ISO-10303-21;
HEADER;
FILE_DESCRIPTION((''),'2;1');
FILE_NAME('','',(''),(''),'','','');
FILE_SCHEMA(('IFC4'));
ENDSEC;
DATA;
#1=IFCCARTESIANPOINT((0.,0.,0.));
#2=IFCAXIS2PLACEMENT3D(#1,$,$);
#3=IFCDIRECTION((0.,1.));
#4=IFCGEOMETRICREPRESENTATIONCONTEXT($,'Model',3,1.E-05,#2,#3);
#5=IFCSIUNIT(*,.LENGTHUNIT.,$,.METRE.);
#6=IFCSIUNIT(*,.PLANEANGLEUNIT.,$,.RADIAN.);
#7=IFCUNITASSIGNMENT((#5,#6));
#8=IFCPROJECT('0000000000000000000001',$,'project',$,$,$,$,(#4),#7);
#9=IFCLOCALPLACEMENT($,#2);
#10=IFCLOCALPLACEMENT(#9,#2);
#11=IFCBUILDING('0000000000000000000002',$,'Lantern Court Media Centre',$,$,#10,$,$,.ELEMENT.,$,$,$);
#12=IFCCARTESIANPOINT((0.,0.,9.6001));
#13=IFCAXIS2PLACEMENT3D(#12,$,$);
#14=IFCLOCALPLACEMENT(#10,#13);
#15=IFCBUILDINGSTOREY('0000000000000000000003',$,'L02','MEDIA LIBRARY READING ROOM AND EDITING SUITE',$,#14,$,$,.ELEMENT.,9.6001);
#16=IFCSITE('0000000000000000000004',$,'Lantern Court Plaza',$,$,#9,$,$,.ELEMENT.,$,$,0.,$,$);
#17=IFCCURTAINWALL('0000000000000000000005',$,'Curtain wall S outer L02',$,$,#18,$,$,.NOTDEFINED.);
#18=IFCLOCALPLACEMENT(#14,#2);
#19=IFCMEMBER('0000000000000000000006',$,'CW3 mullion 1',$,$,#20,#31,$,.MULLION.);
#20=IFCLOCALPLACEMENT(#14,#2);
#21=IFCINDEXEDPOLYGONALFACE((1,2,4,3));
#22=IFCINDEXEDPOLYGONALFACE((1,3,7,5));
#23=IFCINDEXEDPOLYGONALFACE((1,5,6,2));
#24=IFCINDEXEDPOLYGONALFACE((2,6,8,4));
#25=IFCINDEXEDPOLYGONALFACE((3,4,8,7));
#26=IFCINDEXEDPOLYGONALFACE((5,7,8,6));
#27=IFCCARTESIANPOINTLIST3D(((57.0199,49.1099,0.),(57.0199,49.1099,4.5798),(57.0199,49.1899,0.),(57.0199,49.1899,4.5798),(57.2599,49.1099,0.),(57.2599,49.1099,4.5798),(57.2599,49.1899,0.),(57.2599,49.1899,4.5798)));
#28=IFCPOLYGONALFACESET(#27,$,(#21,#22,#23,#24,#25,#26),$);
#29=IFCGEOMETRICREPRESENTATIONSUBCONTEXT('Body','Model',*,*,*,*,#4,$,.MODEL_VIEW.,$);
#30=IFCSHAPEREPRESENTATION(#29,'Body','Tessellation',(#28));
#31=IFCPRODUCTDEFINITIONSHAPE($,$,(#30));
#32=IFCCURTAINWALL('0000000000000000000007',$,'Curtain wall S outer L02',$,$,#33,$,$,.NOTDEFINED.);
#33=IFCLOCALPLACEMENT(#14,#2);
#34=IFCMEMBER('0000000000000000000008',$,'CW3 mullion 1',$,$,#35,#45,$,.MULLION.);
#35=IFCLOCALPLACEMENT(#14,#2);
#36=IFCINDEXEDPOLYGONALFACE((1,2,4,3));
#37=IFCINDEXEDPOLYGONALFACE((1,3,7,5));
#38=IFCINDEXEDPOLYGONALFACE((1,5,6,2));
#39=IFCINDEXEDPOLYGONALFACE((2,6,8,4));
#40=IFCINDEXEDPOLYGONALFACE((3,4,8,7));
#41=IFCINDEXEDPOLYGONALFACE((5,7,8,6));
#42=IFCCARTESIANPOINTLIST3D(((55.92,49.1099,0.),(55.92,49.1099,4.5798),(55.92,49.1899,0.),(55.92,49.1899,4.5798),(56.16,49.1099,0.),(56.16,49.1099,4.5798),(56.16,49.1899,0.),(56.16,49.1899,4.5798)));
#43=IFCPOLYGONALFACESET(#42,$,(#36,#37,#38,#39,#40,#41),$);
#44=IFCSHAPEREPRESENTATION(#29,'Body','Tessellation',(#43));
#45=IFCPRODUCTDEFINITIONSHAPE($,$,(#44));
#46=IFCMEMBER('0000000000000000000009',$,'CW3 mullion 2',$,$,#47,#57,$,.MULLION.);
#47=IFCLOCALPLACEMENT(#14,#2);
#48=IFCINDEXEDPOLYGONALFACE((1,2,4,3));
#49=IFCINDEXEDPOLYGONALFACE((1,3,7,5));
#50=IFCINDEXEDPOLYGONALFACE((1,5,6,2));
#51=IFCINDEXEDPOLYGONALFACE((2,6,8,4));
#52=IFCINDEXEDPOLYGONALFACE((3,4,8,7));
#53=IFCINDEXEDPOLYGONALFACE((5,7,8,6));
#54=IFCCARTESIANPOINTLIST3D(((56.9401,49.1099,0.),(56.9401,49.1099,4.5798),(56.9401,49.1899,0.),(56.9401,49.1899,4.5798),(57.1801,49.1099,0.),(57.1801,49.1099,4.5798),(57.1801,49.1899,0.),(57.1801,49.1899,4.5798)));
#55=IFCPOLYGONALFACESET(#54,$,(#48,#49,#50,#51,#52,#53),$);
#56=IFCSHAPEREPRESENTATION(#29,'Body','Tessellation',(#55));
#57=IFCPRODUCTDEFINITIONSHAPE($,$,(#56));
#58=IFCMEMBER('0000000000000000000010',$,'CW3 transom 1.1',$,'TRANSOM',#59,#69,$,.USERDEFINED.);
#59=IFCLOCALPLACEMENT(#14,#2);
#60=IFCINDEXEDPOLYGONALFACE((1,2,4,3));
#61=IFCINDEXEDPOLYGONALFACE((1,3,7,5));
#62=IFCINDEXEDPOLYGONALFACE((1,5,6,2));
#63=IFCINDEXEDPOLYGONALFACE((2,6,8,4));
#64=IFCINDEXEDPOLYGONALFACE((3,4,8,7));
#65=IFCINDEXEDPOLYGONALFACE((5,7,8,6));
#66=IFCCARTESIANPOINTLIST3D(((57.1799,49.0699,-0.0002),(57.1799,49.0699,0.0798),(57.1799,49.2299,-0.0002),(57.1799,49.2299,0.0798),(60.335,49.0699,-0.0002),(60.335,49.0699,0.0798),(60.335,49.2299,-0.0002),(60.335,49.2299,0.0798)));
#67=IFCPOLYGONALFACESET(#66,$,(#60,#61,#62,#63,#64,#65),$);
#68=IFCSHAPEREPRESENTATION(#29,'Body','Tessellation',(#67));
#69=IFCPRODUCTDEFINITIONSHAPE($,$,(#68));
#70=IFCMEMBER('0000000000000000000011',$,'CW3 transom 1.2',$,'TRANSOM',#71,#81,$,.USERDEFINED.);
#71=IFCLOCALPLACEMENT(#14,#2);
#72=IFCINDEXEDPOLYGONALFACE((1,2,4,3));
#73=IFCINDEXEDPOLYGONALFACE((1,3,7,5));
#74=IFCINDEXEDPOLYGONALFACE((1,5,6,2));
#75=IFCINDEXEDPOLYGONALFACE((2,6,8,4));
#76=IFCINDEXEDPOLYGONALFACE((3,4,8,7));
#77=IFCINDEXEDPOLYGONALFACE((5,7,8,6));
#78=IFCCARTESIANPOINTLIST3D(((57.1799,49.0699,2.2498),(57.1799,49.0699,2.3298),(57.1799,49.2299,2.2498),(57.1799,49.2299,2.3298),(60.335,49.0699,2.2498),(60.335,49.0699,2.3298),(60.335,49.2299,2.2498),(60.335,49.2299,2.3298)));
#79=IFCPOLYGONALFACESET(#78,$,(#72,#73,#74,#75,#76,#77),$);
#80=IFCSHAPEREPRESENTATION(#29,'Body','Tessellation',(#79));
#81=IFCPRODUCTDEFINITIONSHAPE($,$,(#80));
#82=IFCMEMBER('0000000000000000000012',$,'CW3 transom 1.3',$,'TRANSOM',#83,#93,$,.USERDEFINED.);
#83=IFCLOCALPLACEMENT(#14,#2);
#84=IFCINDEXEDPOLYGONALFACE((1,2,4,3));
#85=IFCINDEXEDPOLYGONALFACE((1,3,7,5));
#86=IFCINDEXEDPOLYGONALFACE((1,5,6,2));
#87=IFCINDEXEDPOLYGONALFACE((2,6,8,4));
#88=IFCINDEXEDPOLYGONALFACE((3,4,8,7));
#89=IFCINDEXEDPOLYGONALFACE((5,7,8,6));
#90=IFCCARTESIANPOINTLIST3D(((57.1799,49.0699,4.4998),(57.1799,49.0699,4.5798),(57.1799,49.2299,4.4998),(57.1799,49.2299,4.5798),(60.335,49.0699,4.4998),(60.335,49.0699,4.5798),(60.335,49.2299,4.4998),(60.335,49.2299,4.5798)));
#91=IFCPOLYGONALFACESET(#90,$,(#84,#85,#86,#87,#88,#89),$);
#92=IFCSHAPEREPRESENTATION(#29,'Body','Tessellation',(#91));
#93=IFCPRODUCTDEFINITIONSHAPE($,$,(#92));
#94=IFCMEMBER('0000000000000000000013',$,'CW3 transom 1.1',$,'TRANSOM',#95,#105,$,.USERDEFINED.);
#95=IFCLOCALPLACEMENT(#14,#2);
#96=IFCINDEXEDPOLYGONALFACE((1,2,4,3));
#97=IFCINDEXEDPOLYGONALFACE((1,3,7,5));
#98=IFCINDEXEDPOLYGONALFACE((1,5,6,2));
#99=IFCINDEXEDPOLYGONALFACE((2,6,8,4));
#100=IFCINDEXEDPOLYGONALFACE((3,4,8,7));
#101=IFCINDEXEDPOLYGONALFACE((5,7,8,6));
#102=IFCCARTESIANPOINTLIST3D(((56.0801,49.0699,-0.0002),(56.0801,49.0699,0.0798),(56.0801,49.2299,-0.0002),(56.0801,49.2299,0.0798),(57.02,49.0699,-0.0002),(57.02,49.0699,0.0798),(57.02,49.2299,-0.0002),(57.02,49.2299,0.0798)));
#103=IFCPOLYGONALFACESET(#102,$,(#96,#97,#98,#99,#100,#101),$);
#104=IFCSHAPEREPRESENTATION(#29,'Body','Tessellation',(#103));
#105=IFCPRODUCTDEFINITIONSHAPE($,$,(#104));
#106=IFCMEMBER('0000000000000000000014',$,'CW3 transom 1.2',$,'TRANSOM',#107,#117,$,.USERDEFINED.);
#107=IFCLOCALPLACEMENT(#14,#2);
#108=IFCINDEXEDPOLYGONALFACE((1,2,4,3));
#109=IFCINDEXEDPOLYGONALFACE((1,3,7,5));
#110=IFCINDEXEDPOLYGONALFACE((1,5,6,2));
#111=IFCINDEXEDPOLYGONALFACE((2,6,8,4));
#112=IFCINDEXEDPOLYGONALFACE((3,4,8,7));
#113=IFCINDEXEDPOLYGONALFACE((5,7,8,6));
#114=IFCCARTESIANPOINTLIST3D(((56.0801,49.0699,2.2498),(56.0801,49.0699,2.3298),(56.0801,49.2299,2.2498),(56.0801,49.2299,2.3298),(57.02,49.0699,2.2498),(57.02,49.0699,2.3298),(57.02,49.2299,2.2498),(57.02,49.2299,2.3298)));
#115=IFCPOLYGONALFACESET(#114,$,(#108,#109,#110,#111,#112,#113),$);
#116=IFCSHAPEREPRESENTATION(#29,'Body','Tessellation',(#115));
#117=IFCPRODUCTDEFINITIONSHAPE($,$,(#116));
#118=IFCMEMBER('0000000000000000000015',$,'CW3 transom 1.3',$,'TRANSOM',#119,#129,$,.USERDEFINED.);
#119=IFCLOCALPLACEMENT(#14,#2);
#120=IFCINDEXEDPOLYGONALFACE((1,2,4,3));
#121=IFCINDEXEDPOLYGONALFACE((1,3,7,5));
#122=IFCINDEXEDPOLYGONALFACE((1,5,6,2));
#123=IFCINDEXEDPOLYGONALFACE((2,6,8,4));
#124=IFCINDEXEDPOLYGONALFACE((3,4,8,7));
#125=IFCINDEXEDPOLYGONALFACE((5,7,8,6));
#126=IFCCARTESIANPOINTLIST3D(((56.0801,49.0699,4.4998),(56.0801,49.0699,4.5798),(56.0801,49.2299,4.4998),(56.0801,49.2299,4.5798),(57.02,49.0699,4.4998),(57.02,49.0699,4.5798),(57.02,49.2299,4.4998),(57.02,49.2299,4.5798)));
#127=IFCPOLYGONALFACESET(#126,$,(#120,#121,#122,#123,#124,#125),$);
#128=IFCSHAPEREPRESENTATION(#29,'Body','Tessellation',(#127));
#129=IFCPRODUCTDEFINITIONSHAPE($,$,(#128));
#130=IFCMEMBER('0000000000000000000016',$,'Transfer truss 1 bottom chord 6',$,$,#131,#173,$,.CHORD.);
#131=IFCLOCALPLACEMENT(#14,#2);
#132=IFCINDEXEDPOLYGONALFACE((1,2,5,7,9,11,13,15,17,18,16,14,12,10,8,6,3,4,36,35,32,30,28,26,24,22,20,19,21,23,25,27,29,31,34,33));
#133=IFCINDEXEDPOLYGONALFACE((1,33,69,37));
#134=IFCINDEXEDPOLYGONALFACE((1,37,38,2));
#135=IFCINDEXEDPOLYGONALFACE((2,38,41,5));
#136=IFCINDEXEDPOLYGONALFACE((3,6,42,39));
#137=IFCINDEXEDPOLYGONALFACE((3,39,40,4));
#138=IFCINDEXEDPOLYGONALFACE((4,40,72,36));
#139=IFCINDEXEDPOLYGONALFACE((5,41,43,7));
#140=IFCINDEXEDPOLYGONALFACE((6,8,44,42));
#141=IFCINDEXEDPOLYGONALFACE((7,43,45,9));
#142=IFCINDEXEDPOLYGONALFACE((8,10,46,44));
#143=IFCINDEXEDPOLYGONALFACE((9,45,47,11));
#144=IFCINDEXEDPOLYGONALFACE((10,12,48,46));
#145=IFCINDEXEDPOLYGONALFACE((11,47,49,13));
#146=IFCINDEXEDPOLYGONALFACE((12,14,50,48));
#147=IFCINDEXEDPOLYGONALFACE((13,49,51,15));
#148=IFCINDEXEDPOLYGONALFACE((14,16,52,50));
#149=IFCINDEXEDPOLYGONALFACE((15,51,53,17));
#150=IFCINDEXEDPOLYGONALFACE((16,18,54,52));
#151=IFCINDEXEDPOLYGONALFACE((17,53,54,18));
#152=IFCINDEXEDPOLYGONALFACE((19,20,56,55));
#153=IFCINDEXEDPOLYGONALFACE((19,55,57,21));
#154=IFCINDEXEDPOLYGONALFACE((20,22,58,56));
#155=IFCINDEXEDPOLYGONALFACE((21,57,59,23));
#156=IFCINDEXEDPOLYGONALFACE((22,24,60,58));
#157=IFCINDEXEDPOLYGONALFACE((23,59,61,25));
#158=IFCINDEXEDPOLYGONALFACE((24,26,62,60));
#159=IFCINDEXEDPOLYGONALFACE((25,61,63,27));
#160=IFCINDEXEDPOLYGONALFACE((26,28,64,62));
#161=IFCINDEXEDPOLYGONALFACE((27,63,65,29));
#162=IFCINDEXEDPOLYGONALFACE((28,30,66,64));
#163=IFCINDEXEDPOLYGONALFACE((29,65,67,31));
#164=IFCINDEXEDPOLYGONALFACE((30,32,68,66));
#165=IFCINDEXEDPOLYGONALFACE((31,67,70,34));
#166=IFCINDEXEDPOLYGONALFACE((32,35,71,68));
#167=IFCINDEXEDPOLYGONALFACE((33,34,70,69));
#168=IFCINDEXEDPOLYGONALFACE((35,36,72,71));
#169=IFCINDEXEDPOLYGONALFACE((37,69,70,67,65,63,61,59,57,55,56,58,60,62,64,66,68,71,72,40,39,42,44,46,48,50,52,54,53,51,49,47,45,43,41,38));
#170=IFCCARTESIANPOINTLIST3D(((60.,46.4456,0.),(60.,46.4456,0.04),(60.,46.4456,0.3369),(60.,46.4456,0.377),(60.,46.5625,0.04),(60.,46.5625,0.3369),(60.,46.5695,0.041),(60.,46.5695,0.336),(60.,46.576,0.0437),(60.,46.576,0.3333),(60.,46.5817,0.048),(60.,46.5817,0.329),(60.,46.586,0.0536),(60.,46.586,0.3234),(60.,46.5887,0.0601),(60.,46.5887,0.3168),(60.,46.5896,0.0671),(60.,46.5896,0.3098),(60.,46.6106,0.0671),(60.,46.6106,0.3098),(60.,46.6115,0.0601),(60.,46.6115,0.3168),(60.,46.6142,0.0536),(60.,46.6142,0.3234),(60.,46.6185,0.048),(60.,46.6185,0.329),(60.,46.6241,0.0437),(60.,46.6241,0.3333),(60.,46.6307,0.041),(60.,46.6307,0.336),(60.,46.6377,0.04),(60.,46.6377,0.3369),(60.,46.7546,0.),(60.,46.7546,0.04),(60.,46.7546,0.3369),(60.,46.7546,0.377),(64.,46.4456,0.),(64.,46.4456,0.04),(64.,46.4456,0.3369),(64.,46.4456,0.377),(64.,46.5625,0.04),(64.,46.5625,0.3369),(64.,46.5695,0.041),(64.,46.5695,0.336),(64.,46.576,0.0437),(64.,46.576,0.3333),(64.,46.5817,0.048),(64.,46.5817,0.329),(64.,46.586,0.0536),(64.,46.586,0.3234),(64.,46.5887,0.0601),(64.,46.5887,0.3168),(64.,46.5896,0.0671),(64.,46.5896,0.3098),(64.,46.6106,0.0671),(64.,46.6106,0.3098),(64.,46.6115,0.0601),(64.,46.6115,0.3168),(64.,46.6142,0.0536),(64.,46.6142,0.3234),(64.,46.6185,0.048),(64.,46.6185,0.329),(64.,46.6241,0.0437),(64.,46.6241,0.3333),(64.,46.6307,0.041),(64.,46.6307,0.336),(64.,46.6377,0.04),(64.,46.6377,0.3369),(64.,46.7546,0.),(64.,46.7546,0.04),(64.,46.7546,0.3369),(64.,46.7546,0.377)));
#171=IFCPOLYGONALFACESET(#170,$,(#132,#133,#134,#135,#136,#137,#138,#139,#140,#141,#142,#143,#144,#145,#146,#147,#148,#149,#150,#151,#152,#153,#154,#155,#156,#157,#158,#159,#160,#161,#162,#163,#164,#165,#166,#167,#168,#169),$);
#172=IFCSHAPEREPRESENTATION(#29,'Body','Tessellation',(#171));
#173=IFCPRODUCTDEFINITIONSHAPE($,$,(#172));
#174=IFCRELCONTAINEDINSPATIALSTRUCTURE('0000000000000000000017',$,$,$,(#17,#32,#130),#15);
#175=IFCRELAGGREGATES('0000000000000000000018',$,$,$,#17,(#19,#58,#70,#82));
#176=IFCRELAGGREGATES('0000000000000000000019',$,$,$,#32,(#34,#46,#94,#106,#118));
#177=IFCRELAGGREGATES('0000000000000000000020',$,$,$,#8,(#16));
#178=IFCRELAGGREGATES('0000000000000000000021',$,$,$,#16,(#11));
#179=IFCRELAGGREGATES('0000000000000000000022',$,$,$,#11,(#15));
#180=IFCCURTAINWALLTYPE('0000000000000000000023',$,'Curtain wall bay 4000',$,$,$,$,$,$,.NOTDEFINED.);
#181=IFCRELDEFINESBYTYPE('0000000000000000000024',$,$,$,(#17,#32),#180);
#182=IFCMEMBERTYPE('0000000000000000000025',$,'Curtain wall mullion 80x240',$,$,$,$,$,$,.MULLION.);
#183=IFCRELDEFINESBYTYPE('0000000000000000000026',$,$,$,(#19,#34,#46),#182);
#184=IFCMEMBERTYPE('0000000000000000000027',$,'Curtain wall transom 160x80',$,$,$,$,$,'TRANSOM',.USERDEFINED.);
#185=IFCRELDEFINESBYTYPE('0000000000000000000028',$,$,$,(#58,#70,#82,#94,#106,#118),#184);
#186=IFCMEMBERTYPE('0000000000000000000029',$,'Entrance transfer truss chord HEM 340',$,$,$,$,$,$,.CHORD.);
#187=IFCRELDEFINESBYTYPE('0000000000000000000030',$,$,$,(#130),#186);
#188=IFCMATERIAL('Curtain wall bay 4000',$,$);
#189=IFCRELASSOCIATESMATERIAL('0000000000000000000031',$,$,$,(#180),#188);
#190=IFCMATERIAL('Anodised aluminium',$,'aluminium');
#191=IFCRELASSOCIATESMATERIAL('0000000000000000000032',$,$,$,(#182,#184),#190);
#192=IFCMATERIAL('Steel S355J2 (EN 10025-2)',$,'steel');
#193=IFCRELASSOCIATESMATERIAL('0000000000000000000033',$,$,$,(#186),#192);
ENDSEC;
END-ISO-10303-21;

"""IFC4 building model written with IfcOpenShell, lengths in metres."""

from ifc_helpers import new_model, si_unit, direction, frame, origin, origin_2d, place, context, subcontext, project, spatial, rectangle, i_section, extrude, material, material_profile, profile_set, type_object, element, aggregate, save


model = new_model("IFC4")

# Units and contexts
model_context = context("Model", 3, precision=1e-05, world=origin(), true_north=direction((0.0, 1.0)))
body_context = subcontext(model_context, "Body", "Model", "MODEL_VIEW")
ifc_project = project(units=[si_unit("LENGTHUNIT", "METRE"), si_unit("PLANEANGLEUNIT", "RADIAN")], contexts=[model_context])

# Site, building, storey
site_placement = place(None, origin())
site = spatial("IfcSite", under=ifc_project, at=site_placement, Name="Lantern Court Plaza", CompositionType="ELEMENT", RefElevation=0.0)
building_placement = place(site_placement, origin())
building = spatial("IfcBuilding", under=site, at=building_placement, Name="Lantern Court Media Centre", CompositionType="ELEMENT")
storey_placement = place(building_placement, frame((0.0, 0.0, 9.6001)))
storey = spatial("IfcBuildingStorey", under=building, at=storey_placement, Name="L02", Description="MEDIA LIBRARY READING ROOM AND EDITING SUITE", CompositionType="ELEMENT", Elevation=9.6001)

# Curtain wall, member
ifc_material_1 = material(Name="Curtain wall bay 4000")
curtain_wall_type = type_object("IfcCurtainWallType", Name="Curtain wall bay 4000", PredefinedType="NOTDEFINED", material=ifc_material_1)
curtain_wall_1_placement = place(storey_placement, origin())
curtain_wall_1 = element("IfcCurtainWall", 1, at=curtain_wall_1_placement, inside=storey, type_object=curtain_wall_type, Name="Curtain wall S outer L02", PredefinedType="NOTDEFINED")
ifc_material_2 = material(Name="Anodised aluminium", Category="aluminium")
ifc_material_profile_1 = material_profile(ifc_material_2, rectangle(XDim=0.0801, YDim=0.24, at=origin_2d()), Name="AL 80x240")
ifc_profile_set_1 = profile_set([ifc_material_profile_1], Name="Anodised aluminium")
member_type_1 = type_object("IfcMemberType", Name="Curtain wall mullion 80x240", PredefinedType="MULLION", material=ifc_profile_set_1)
member_1_placement = place(storey_placement, frame((57.1399, 49.1499, 0.0), z_axis=(0.0, 0.0, 1.0), x_axis=(0.0, 1.0, 0.0)))
member_1 = element("IfcMember", 2, at=member_1_placement, type_object=member_type_1, Name="CW3 mullion 1", PredefinedType="MULLION", context=body_context, shape_type="SweptSolid", body=[
    extrude(rectangle(XDim=0.0801, YDim=0.24, at=origin_2d()), origin(), (0.0, 0.0, 1.0), 4.5798),
])

# Curtain wall, members
curtain_wall_2_placement = place(storey_placement, origin())
curtain_wall_2 = element("IfcCurtainWall", 3, at=curtain_wall_2_placement, inside=storey, type_object=curtain_wall_type, Name="Curtain wall S outer L02", PredefinedType="NOTDEFINED")
member_2_placement = place(storey_placement, frame((56.04, 49.1499, 0.0), z_axis=(0.0, 0.0, 1.0), x_axis=(0.0, 1.0, 0.0)))
member_2 = element("IfcMember", 4, at=member_2_placement, type_object=member_type_1, Name="CW3 mullion 1", PredefinedType="MULLION", context=body_context, shape_type="SweptSolid", body=[
    extrude(rectangle(XDim=0.0801, YDim=0.24, at=origin_2d()), origin(), (0.0, 0.0, 1.0), 4.5798),
])
member_3_placement = place(storey_placement, frame((57.0601, 49.1499, 0.0), z_axis=(0.0, 0.0, 1.0), x_axis=(0.0, 1.0, 0.0)))
member_3 = element("IfcMember", 5, at=member_3_placement, type_object=member_type_1, Name="CW3 mullion 2", PredefinedType="MULLION", context=body_context, shape_type="SweptSolid", body=[
    extrude(rectangle(XDim=0.0801, YDim=0.24, at=origin_2d()), origin(), (0.0, 0.0, 1.0), 4.5798),
])

# Members
ifc_material_profile_2 = material_profile(ifc_material_2, rectangle(XDim=0.1599, YDim=0.0801, at=origin_2d()), Name="AL 80x160")
ifc_profile_set_2 = profile_set([ifc_material_profile_2], Name="Anodised aluminium")
member_type_2 = type_object("IfcMemberType", Name="Curtain wall transom 160x80", ElementType="TRANSOM", PredefinedType="USERDEFINED", material=ifc_profile_set_2)
member_4_placement = place(storey_placement, frame((57.1799, 49.1499, 0.0398), z_axis=(1.0, 0.0, 0.0), x_axis=(0.0, 1.0, 0.0)))
member_4 = element("IfcMember", 6, at=member_4_placement, type_object=member_type_2, Name="CW3 transom 1.1", ObjectType="TRANSOM", PredefinedType="USERDEFINED", context=body_context, shape_type="SweptSolid", body=[
    extrude(rectangle(XDim=0.1599, YDim=0.0801, at=origin_2d()), origin(), (0.0, 0.0, 1.0), 3.155),
])
member_5_placement = place(storey_placement, frame((57.1799, 49.1499, 2.2898), z_axis=(1.0, 0.0, 0.0), x_axis=(0.0, 1.0, 0.0)))
member_5 = element("IfcMember", 7, at=member_5_placement, type_object=member_type_2, Name="CW3 transom 1.2", ObjectType="TRANSOM", PredefinedType="USERDEFINED", context=body_context, shape_type="SweptSolid", body=[
    extrude(rectangle(XDim=0.1599, YDim=0.0801, at=origin_2d()), origin(), (0.0, 0.0, 1.0), 3.155),
])
member_6_placement = place(storey_placement, frame((57.1799, 49.1499, 4.5398), z_axis=(1.0, 0.0, 0.0), x_axis=(0.0, 1.0, 0.0)))
member_6 = element("IfcMember", 8, at=member_6_placement, type_object=member_type_2, Name="CW3 transom 1.3", ObjectType="TRANSOM", PredefinedType="USERDEFINED", context=body_context, shape_type="SweptSolid", body=[
    extrude(rectangle(XDim=0.1599, YDim=0.0801, at=origin_2d()), origin(), (0.0, 0.0, 1.0), 3.155),
])
member_7_placement = place(storey_placement, frame((56.0801, 49.1499, 0.0398), z_axis=(1.0, 0.0, 0.0), x_axis=(0.0, 1.0, 0.0)))
member_7 = element("IfcMember", 9, at=member_7_placement, type_object=member_type_2, Name="CW3 transom 1.1", ObjectType="TRANSOM", PredefinedType="USERDEFINED", context=body_context, shape_type="SweptSolid", body=[
    extrude(rectangle(XDim=0.1599, YDim=0.0801, at=origin_2d()), origin(), (0.0, 0.0, 1.0), 0.9399),
])
member_8_placement = place(storey_placement, frame((56.0801, 49.1499, 2.2898), z_axis=(1.0, 0.0, 0.0), x_axis=(0.0, 1.0, 0.0)))
member_8 = element("IfcMember", 10, at=member_8_placement, type_object=member_type_2, Name="CW3 transom 1.2", ObjectType="TRANSOM", PredefinedType="USERDEFINED", context=body_context, shape_type="SweptSolid", body=[
    extrude(rectangle(XDim=0.1599, YDim=0.0801, at=origin_2d()), origin(), (0.0, 0.0, 1.0), 0.9399),
])
member_9_placement = place(storey_placement, frame((56.0801, 49.1499, 4.5398), z_axis=(1.0, 0.0, 0.0), x_axis=(0.0, 1.0, 0.0)))
member_9 = element("IfcMember", 11, at=member_9_placement, type_object=member_type_2, Name="CW3 transom 1.3", ObjectType="TRANSOM", PredefinedType="USERDEFINED", context=body_context, shape_type="SweptSolid", body=[
    extrude(rectangle(XDim=0.1599, YDim=0.0801, at=origin_2d()), origin(), (0.0, 0.0, 1.0), 0.9399),
])

# Member
ifc_material_3 = material(Name="Steel S355J2 (EN 10025-2)", Category="steel")
ifc_material_profile_3 = material_profile(ifc_material_3, i_section(OverallWidth=0.3091, OverallDepth=0.377, WebThickness=0.021, FlangeThickness=0.04, FilletRadius=0.0271, at=origin_2d()), Name="HEM 340")
ifc_profile_set_3 = profile_set([ifc_material_profile_3], Name="Steel S355J2 (EN 10025-2)")
member_type_3 = type_object("IfcMemberType", Name="Entrance transfer truss chord HEM 340", PredefinedType="CHORD", material=ifc_profile_set_3)
for number, where, z_axis, x_axis, name in (
    (12, (60.0, 46.6001, 0.1885), (1.0, 0.0, 0.0), (0.0, 1.0, 0.0), "Transfer truss 1 bottom chord 6"),
):
    element("IfcMember", number, at=place(storey_placement, frame(where, z_axis=z_axis, x_axis=x_axis)), inside=storey, type_object=member_type_3, Name=name, PredefinedType="CHORD", context=body_context, shape_type="SweptSolid", body=[
        extrude(i_section(OverallWidth=0.3091, OverallDepth=0.377, WebThickness=0.021, FlangeThickness=0.04, FilletRadius=0.0271, at=origin_2d()), origin(), (0.0, 0.0, 1.0), 4.0),
    ])

aggregate(curtain_wall_1, [member_1, member_4, member_5, member_6])
aggregate(curtain_wall_2, [member_2, member_3, member_7, member_8, member_9])

save(model, "model.ifc")
